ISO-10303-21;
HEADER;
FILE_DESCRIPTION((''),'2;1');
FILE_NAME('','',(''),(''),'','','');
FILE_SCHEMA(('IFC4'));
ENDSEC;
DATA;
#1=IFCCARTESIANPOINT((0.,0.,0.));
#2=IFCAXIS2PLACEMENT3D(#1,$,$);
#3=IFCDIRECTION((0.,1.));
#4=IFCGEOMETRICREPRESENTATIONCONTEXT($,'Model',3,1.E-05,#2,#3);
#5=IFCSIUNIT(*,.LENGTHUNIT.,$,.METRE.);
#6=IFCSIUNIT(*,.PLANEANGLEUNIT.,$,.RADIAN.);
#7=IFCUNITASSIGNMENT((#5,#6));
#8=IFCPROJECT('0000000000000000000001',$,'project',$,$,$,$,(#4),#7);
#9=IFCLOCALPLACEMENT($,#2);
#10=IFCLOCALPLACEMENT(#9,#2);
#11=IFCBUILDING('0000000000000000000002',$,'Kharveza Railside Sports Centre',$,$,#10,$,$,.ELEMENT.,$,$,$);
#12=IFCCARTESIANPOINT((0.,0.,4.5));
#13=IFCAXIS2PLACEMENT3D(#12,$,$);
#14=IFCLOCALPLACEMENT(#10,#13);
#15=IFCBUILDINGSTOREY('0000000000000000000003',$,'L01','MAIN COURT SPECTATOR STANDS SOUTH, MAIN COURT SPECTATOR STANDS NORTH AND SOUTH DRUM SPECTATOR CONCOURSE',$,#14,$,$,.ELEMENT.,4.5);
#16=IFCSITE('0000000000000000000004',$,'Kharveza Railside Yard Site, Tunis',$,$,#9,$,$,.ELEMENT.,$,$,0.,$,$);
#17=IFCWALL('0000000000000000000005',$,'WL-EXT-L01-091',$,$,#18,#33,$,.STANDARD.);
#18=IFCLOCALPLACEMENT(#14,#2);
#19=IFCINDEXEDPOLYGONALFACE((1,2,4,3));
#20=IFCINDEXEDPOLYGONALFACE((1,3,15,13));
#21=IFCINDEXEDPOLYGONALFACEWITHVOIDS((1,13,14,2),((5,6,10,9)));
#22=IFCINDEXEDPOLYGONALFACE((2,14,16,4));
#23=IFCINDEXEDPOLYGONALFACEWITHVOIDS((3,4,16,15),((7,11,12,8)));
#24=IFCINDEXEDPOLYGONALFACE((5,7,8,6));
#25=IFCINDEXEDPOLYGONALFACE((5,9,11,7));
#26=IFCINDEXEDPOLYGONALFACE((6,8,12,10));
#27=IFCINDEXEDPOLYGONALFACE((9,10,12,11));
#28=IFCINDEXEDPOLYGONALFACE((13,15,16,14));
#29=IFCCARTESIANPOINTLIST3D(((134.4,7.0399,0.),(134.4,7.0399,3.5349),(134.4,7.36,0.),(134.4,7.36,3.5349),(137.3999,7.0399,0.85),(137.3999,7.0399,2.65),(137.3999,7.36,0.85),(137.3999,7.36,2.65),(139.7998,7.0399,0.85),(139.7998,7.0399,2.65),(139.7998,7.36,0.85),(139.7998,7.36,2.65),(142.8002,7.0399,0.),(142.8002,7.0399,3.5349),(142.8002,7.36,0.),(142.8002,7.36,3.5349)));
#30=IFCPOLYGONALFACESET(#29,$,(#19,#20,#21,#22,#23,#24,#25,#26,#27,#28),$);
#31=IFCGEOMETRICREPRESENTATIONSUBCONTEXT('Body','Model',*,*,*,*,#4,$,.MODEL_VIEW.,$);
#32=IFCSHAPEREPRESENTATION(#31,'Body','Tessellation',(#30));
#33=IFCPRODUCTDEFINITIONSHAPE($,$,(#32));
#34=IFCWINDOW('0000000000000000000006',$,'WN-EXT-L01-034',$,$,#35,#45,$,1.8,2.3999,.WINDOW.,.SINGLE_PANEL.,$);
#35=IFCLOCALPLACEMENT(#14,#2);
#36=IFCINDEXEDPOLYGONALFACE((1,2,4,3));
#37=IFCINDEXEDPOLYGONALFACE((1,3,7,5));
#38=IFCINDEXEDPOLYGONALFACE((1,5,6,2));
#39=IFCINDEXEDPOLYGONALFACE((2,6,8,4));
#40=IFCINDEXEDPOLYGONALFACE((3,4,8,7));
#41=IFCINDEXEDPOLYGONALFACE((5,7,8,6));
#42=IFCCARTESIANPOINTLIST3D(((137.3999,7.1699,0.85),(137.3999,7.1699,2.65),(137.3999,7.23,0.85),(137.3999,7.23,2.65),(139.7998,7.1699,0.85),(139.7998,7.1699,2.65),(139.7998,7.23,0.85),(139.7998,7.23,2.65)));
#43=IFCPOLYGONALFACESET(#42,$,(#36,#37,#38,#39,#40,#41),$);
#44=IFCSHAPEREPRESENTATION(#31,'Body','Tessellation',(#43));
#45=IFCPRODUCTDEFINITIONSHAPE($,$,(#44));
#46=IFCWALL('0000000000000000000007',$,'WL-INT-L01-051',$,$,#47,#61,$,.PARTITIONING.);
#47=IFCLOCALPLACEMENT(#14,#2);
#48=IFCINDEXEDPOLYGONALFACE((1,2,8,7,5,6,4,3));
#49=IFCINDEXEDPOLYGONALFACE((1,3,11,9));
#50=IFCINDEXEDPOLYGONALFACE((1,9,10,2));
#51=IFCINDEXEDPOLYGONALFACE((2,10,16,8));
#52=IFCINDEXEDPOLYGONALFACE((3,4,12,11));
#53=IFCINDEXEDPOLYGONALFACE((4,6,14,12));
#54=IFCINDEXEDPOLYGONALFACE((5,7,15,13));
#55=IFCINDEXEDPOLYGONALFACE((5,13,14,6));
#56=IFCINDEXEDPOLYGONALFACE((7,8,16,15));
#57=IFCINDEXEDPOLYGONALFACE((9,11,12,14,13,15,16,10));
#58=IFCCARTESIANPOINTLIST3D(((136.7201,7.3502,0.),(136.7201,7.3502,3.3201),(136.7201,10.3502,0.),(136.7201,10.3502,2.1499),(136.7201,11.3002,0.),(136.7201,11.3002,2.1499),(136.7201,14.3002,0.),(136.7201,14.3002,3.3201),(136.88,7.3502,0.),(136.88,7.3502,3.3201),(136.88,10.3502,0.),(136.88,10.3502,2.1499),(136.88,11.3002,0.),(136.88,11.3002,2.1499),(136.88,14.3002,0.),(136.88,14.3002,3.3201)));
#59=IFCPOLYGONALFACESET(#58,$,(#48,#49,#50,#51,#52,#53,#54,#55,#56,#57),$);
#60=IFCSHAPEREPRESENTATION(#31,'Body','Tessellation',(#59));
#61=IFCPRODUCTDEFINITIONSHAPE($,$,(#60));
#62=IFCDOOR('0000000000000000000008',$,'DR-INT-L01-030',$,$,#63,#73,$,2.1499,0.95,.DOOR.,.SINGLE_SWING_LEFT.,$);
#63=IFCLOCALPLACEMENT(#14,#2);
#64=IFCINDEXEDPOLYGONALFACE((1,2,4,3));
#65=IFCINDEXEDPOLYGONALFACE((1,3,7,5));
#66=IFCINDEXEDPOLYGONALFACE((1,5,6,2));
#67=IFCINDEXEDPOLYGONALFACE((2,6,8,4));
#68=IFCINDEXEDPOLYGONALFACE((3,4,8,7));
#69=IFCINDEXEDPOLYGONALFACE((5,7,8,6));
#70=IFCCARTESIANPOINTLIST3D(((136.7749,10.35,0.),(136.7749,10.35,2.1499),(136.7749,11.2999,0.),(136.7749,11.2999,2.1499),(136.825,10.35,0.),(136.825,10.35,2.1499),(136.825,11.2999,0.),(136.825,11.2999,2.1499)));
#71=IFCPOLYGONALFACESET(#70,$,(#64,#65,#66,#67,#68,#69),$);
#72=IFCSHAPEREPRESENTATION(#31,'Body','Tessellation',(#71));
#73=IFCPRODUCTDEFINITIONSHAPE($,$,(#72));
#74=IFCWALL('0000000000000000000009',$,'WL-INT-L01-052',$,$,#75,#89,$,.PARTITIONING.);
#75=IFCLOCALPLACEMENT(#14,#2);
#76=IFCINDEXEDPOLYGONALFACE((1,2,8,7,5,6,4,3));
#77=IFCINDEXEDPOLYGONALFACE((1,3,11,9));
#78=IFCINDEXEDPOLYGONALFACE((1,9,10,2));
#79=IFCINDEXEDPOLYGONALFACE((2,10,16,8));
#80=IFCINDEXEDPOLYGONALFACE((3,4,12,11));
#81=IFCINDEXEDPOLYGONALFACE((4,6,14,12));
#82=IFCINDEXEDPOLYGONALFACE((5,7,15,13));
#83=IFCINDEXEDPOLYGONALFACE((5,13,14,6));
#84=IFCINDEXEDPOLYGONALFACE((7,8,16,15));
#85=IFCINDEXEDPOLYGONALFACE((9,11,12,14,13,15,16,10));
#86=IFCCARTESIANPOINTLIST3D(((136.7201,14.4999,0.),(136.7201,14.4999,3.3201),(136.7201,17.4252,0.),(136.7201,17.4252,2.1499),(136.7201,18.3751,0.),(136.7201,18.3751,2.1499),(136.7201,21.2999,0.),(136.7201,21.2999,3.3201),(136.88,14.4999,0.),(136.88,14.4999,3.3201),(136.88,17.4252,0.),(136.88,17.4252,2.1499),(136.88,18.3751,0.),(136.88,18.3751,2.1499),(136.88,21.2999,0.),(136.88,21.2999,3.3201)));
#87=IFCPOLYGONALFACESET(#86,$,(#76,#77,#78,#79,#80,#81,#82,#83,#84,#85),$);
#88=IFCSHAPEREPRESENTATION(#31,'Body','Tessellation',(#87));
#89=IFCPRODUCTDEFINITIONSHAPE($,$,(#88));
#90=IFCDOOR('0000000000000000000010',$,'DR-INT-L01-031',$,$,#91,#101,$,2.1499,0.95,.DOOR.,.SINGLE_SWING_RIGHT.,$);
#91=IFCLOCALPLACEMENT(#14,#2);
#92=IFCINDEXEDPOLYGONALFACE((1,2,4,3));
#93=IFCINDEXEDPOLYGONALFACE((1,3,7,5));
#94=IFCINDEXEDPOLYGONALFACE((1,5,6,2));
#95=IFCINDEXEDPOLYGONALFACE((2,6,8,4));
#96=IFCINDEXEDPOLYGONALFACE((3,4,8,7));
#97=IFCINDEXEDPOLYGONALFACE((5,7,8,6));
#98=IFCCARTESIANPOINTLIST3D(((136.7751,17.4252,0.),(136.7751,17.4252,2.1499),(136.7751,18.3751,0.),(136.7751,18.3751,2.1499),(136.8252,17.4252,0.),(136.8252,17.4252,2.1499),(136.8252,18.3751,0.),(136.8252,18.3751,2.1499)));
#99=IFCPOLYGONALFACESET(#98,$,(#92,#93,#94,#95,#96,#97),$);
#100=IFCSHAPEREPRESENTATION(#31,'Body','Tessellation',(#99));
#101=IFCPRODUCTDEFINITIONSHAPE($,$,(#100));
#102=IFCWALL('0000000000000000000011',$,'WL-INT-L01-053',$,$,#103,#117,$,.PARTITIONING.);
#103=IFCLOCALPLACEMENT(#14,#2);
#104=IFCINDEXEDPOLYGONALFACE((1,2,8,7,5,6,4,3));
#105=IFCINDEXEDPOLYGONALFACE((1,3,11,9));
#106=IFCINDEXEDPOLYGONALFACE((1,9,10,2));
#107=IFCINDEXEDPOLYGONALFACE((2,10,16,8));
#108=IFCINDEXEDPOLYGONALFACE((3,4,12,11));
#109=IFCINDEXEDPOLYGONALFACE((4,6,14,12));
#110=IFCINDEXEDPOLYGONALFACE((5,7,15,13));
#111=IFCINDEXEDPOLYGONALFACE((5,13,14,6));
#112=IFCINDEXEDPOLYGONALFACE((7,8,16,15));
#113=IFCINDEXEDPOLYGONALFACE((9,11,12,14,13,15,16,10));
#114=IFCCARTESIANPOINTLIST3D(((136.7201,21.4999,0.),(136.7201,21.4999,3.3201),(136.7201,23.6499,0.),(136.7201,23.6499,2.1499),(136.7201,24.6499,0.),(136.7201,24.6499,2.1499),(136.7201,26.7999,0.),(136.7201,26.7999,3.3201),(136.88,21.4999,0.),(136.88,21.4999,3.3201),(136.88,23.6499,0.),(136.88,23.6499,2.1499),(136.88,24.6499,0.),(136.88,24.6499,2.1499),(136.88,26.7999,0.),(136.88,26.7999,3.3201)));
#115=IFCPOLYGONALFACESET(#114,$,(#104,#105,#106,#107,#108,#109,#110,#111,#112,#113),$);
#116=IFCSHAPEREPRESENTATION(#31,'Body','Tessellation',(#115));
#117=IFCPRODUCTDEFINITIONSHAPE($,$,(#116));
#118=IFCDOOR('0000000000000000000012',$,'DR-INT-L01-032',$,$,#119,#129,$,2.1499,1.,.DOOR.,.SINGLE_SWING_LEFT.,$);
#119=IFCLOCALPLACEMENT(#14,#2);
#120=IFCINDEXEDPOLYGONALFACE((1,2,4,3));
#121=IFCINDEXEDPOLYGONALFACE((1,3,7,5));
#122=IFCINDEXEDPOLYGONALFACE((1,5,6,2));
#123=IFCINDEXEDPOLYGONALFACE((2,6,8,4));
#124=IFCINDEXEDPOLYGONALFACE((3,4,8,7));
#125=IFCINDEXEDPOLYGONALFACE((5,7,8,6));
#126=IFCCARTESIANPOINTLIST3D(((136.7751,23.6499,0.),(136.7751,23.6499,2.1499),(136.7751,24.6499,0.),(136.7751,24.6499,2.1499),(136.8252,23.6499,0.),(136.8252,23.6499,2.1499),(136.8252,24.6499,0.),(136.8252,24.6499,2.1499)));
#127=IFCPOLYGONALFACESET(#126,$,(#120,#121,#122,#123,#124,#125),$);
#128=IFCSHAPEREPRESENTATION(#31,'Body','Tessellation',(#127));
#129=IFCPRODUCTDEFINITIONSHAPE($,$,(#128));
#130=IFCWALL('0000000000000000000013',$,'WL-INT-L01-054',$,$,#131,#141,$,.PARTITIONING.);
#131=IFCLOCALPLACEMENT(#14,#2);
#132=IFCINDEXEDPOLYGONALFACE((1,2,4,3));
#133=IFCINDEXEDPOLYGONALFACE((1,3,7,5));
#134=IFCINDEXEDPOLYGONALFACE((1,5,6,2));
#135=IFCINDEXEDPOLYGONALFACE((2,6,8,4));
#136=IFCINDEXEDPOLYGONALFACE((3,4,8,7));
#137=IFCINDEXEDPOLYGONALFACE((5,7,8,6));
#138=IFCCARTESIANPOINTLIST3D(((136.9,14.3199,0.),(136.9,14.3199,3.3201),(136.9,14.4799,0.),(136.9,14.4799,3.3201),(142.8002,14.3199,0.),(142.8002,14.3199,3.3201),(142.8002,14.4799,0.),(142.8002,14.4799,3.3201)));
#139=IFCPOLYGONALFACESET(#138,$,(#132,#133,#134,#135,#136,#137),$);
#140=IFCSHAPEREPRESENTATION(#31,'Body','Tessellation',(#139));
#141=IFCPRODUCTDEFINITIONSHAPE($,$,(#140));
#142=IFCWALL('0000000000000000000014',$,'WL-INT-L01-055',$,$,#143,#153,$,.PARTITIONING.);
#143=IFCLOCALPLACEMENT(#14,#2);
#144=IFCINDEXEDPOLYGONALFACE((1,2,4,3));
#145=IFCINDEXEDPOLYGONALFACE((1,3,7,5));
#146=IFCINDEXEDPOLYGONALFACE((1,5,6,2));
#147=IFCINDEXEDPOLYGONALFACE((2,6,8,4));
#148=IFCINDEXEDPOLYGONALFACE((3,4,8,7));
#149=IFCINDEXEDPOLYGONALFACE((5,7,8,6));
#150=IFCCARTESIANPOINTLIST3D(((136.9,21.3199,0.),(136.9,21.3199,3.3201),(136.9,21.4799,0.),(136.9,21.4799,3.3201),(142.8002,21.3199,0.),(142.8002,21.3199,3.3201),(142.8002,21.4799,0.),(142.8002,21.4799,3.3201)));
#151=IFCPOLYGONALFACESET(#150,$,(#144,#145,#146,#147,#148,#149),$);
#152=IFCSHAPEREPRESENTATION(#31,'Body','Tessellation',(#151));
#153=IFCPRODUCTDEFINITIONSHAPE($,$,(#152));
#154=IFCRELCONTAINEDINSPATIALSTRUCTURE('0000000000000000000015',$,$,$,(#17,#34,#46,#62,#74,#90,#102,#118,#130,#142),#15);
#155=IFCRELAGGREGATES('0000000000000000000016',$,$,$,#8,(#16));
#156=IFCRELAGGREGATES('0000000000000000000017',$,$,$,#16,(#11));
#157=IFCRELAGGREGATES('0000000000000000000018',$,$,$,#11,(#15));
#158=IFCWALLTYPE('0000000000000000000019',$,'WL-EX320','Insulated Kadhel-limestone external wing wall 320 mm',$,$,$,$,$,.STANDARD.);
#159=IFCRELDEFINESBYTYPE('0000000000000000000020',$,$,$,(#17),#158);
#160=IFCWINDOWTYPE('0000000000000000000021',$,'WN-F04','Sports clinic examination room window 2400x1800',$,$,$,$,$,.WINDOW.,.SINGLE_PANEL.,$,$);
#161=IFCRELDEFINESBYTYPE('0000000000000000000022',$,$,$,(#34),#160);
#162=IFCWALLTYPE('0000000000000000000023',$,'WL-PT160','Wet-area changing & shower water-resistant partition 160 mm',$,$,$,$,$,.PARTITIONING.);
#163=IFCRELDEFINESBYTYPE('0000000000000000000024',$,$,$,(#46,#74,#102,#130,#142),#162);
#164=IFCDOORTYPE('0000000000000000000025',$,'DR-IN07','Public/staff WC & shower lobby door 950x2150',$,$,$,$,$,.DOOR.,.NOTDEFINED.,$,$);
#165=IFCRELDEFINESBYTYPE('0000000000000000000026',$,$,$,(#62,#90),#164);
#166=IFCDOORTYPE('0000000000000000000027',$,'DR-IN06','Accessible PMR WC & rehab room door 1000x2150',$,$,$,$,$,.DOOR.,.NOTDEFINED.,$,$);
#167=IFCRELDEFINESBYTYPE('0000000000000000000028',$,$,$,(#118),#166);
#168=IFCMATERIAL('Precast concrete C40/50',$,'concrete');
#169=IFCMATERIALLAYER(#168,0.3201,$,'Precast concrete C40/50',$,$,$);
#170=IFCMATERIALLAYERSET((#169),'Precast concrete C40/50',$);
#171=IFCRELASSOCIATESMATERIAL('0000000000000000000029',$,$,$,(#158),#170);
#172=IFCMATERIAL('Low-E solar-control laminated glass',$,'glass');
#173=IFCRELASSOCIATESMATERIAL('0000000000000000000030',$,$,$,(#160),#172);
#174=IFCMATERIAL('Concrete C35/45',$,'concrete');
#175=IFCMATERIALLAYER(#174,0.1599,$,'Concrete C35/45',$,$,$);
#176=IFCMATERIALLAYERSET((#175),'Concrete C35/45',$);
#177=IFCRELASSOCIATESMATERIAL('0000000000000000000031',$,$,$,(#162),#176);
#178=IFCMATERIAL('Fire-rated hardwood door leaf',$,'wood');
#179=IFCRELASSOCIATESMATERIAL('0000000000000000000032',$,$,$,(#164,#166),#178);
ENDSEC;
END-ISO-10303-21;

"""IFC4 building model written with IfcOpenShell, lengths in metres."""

from ifc_helpers import new_model, si_unit, direction, frame, frame_2d, origin, place, context, subcontext, project, spatial, rectangle, extrude, material, layer, layer_set, type_object, element, fill, save


model = new_model("IFC4")

# Units and contexts
model_context = context("Model", 3, precision=1e-05, world=origin(), true_north=direction((0.0, 1.0)))
body_context = subcontext(model_context, "Body", "Model", "MODEL_VIEW")
ifc_project = project(units=[si_unit("LENGTHUNIT", "METRE"), si_unit("PLANEANGLEUNIT", "RADIAN")], contexts=[model_context])

# Site, building, storey
site_placement = place(None, origin())
site = spatial("IfcSite", under=ifc_project, at=site_placement, Name="Kharveza Railside Yard Site, Tunis", CompositionType="ELEMENT", RefElevation=0.0)
building_placement = place(site_placement, origin())
building = spatial("IfcBuilding", under=site, at=building_placement, Name="Kharveza Railside Sports Centre", CompositionType="ELEMENT")
storey_placement = place(building_placement, frame((0.0, 0.0, 4.5)))
storey = spatial("IfcBuildingStorey", under=building, at=storey_placement, Name="L01", Description="MAIN COURT SPECTATOR STANDS SOUTH, MAIN COURT SPECTATOR STANDS NORTH AND SOUTH DRUM SPECTATOR CONCOURSE", CompositionType="ELEMENT", Elevation=4.5)

# Shared definitions
ifc_material_1 = material(Name="Concrete C35/45", Category="concrete")

# Wall, opening, window
ifc_material_2 = material(Name="Precast concrete C40/50", Category="concrete")
ifc_layer_1 = layer(ifc_material_2, 0.3201, Name="Precast concrete C40/50")
ifc_layer_set_1 = layer_set([ifc_layer_1], Name="Precast concrete C40/50")
wall_type_1 = type_object("IfcWallType", Name="WL-EX320", Description="Insulated Kadhel-limestone external wing wall 320 mm", PredefinedType="STANDARD", material=ifc_layer_set_1)
wall_1_placement = place(storey_placement, frame((134.3999, 7.2, 0.0), z_axis=(0.0, 0.0, 1.0), x_axis=(1.0, 0.0, 0.0)))
wall_1 = element("IfcWall", 1, at=wall_1_placement, inside=storey, type_object=wall_type_1, Name="WL-EXT-L01-091", PredefinedType="STANDARD", context=body_context, shape_type="SweptSolid", body=[
    extrude(rectangle(XDim=8.4001, YDim=0.3201, at=frame_2d((4.2002, 0.0))), origin(), (0.0, 0.0, 1.0), 3.5349),
])
opening_1_placement = place(wall_1_placement, frame((3.0, 0.0, 0.8501)))
opening_1 = element("IfcOpeningElement", 2, at=opening_1_placement, cuts=wall_1, PredefinedType="OPENING", context=body_context, shape_type="SweptSolid", body=[
    extrude(rectangle(XDim=2.3999, YDim=1.8, at=frame_2d((1.2, 0.8999))), frame((0.0, 0.1851, 0.0), z_axis=(0.0, -1.0, 0.0), x_axis=(1.0, 0.0, 0.0)), (0.0, 0.0, 1.0), 0.3699),
])
ifc_material_3 = material(Name="Low-E solar-control laminated glass", Category="glass")
window_type = type_object("IfcWindowType", Name="WN-F04", Description="Sports clinic examination room window 2400x1800", PartitioningType="SINGLE_PANEL", PredefinedType="WINDOW", material=ifc_material_3)
window_placement = place(opening_1_placement, origin())
window = element("IfcWindow", 3, at=window_placement, inside=storey, type_object=window_type, Name="WN-EXT-L01-034", OverallHeight=1.8, OverallWidth=2.3999, PartitioningType="SINGLE_PANEL", PredefinedType="WINDOW", context=body_context, shape_type="SweptSolid", body=[
    extrude(rectangle(XDim=2.3999, YDim=1.8, at=frame_2d((1.2, 0.8999))), frame((0.0, 0.03, 0.0), z_axis=(0.0, -1.0, 0.0), x_axis=(1.0, 0.0, 0.0)), (0.0, 0.0, 1.0), 0.0601),
])
fill(opening_1, window)

# Walls, openings, doors
ifc_layer_2 = layer(ifc_material_1, 0.1599, Name="Concrete C35/45")
ifc_layer_set_2 = layer_set([ifc_layer_2], Name="Concrete C35/45")
wall_type_2 = type_object("IfcWallType", Name="WL-PT160", Description="Wet-area changing & shower water-resistant partition 160 mm", PredefinedType="PARTITIONING", material=ifc_layer_set_2)
wall_2_placement = place(storey_placement, frame((136.8, 7.3501, 0.0), z_axis=(0.0, 0.0, 1.0), x_axis=(0.0, 1.0, 0.0)))
wall_2 = element("IfcWall", 4, at=wall_2_placement, inside=storey, type_object=wall_type_2, Name="WL-INT-L01-051", PredefinedType="PARTITIONING", context=body_context, shape_type="SweptSolid", body=[
    extrude(rectangle(XDim=6.95, YDim=0.1599, at=frame_2d((3.4751, 0.0))), origin(), (0.0, 0.0, 1.0), 3.3201),
])
opening_2_placement = place(wall_2_placement, frame((3.0, 0.0, 0.0)))
opening_2 = element("IfcOpeningElement", 5, at=opening_2_placement, cuts=wall_2, PredefinedType="OPENING", context=body_context, shape_type="SweptSolid", body=[
    extrude(rectangle(XDim=0.95, YDim=2.1499, at=frame_2d((0.4751, 1.075))), frame((0.0, 0.105, 0.0), z_axis=(0.0, -1.0, 0.0), x_axis=(1.0, 0.0, 0.0)), (0.0, 0.0, 1.0), 0.2097),
])
ifc_material_4 = material(Name="Fire-rated hardwood door leaf", Category="wood")
door_type_1 = type_object("IfcDoorType", Name="DR-IN07", Description="Public/staff WC & shower lobby door 950x2150", OperationType="NOTDEFINED", PredefinedType="DOOR", material=ifc_material_4)
door_1_placement = place(opening_2_placement, frame((0.95, 0.0, 0.0), z_axis=(0.0, 0.0, 1.0), x_axis=(-1.0, 0.0, 0.0)))
door_1 = element("IfcDoor", 6, at=door_1_placement, inside=storey, type_object=door_type_1, Name="DR-INT-L01-030", OperationType="SINGLE_SWING_LEFT", OverallHeight=2.1499, OverallWidth=0.95, PredefinedType="DOOR", context=body_context, shape_type="SweptSolid", body=[
    extrude(rectangle(XDim=0.95, YDim=2.1499, at=frame_2d((0.4751, 1.075))), frame((0.0, 0.0249, 0.0), z_axis=(0.0, -1.0, 0.0), x_axis=(1.0, 0.0, 0.0)), (0.0, 0.0, 1.0), 0.05),
])
fill(opening_2, door_1)
wall_3_placement = place(storey_placement, frame((136.8, 14.5, 0.0), z_axis=(0.0, 0.0, 1.0), x_axis=(0.0, 1.0, 0.0)))
wall_3 = element("IfcWall", 7, at=wall_3_placement, inside=storey, type_object=wall_type_2, Name="WL-INT-L01-052", PredefinedType="PARTITIONING", context=body_context, shape_type="SweptSolid", body=[
    extrude(rectangle(XDim=6.8, YDim=0.1599, at=frame_2d((3.3999, 0.0))), origin(), (0.0, 0.0, 1.0), 3.3201),
])
opening_3_placement = place(wall_3_placement, frame((2.925, 0.0, 0.0)))
opening_3 = element("IfcOpeningElement", 8, at=opening_3_placement, cuts=wall_3, PredefinedType="OPENING", context=body_context, shape_type="SweptSolid", body=[
    extrude(rectangle(XDim=0.95, YDim=2.1499, at=frame_2d((0.4751, 1.075))), frame((0.0, 0.105, 0.0), z_axis=(0.0, -1.0, 0.0), x_axis=(1.0, 0.0, 0.0)), (0.0, 0.0, 1.0), 0.2097),
])
door_2_placement = place(opening_3_placement, origin())
door_2 = element("IfcDoor", 9, at=door_2_placement, inside=storey, type_object=door_type_1, Name="DR-INT-L01-031", OperationType="SINGLE_SWING_RIGHT", OverallHeight=2.1499, OverallWidth=0.95, PredefinedType="DOOR", context=body_context, shape_type="SweptSolid", body=[
    extrude(rectangle(XDim=0.95, YDim=2.1499, at=frame_2d((0.4751, 1.075))), frame((0.0, 0.0249, 0.0), z_axis=(0.0, -1.0, 0.0), x_axis=(1.0, 0.0, 0.0)), (0.0, 0.0, 1.0), 0.05),
])
fill(opening_3, door_2)
wall_4_placement = place(storey_placement, frame((136.8, 21.5, 0.0), z_axis=(0.0, 0.0, 1.0), x_axis=(0.0, 1.0, 0.0)))
wall_4 = element("IfcWall", 10, at=wall_4_placement, inside=storey, type_object=wall_type_2, Name="WL-INT-L01-053", PredefinedType="PARTITIONING", context=body_context, shape_type="SweptSolid", body=[
    extrude(rectangle(XDim=5.3, YDim=0.1599, at=frame_2d((2.6499, 0.0))), origin(), (0.0, 0.0, 1.0), 3.3201),
])
opening_4_placement = place(wall_4_placement, frame((2.1499, 0.0, 0.0)))
opening_4 = element("IfcOpeningElement", 11, at=opening_4_placement, cuts=wall_4, PredefinedType="OPENING", context=body_context, shape_type="SweptSolid", body=[
    extrude(rectangle(XDim=1.0, YDim=2.1499, at=frame_2d((0.5, 1.075))), frame((0.0, 0.105, 0.0), z_axis=(0.0, -1.0, 0.0), x_axis=(1.0, 0.0, 0.0)), (0.0, 0.0, 1.0), 0.2097),
])
door_type_2 = type_object("IfcDoorType", Name="DR-IN06", Description="Accessible PMR WC & rehab room door 1000x2150", OperationType="NOTDEFINED", PredefinedType="DOOR", material=ifc_material_4)
door_3_placement = place(opening_4_placement, origin())
door_3 = element("IfcDoor", 12, at=door_3_placement, inside=storey, type_object=door_type_2, Name="DR-INT-L01-032", OperationType="SINGLE_SWING_LEFT", OverallHeight=2.1499, OverallWidth=1.0, PredefinedType="DOOR", context=body_context, shape_type="SweptSolid", body=[
    extrude(rectangle(XDim=1.0, YDim=2.1499, at=frame_2d((0.5, 1.075))), frame((0.0, 0.0249, 0.0), z_axis=(0.0, -1.0, 0.0), x_axis=(1.0, 0.0, 0.0)), (0.0, 0.0, 1.0), 0.05),
])
fill(opening_4, door_3)

# Walls
for number, where, z_axis, x_axis, name in (
    (13, (136.8999, 14.3999, 0.0), (0.0, 0.0, 1.0), (1.0, 0.0, 0.0), "WL-INT-L01-054"),
    (14, (136.8999, 21.3999, 0.0), (0.0, 0.0, 1.0), (1.0, 0.0, 0.0), "WL-INT-L01-055"),
):
    element("IfcWall", number, at=place(storey_placement, frame(where, z_axis=z_axis, x_axis=x_axis)), inside=storey, type_object=wall_type_2, Name=name, PredefinedType="PARTITIONING", context=body_context, shape_type="SweptSolid", body=[
        extrude(rectangle(XDim=5.9001, YDim=0.1599, at=frame_2d((2.9502, 0.0))), origin(), (0.0, 0.0, 1.0), 3.3201),
    ])

save(model, "model.ifc")
